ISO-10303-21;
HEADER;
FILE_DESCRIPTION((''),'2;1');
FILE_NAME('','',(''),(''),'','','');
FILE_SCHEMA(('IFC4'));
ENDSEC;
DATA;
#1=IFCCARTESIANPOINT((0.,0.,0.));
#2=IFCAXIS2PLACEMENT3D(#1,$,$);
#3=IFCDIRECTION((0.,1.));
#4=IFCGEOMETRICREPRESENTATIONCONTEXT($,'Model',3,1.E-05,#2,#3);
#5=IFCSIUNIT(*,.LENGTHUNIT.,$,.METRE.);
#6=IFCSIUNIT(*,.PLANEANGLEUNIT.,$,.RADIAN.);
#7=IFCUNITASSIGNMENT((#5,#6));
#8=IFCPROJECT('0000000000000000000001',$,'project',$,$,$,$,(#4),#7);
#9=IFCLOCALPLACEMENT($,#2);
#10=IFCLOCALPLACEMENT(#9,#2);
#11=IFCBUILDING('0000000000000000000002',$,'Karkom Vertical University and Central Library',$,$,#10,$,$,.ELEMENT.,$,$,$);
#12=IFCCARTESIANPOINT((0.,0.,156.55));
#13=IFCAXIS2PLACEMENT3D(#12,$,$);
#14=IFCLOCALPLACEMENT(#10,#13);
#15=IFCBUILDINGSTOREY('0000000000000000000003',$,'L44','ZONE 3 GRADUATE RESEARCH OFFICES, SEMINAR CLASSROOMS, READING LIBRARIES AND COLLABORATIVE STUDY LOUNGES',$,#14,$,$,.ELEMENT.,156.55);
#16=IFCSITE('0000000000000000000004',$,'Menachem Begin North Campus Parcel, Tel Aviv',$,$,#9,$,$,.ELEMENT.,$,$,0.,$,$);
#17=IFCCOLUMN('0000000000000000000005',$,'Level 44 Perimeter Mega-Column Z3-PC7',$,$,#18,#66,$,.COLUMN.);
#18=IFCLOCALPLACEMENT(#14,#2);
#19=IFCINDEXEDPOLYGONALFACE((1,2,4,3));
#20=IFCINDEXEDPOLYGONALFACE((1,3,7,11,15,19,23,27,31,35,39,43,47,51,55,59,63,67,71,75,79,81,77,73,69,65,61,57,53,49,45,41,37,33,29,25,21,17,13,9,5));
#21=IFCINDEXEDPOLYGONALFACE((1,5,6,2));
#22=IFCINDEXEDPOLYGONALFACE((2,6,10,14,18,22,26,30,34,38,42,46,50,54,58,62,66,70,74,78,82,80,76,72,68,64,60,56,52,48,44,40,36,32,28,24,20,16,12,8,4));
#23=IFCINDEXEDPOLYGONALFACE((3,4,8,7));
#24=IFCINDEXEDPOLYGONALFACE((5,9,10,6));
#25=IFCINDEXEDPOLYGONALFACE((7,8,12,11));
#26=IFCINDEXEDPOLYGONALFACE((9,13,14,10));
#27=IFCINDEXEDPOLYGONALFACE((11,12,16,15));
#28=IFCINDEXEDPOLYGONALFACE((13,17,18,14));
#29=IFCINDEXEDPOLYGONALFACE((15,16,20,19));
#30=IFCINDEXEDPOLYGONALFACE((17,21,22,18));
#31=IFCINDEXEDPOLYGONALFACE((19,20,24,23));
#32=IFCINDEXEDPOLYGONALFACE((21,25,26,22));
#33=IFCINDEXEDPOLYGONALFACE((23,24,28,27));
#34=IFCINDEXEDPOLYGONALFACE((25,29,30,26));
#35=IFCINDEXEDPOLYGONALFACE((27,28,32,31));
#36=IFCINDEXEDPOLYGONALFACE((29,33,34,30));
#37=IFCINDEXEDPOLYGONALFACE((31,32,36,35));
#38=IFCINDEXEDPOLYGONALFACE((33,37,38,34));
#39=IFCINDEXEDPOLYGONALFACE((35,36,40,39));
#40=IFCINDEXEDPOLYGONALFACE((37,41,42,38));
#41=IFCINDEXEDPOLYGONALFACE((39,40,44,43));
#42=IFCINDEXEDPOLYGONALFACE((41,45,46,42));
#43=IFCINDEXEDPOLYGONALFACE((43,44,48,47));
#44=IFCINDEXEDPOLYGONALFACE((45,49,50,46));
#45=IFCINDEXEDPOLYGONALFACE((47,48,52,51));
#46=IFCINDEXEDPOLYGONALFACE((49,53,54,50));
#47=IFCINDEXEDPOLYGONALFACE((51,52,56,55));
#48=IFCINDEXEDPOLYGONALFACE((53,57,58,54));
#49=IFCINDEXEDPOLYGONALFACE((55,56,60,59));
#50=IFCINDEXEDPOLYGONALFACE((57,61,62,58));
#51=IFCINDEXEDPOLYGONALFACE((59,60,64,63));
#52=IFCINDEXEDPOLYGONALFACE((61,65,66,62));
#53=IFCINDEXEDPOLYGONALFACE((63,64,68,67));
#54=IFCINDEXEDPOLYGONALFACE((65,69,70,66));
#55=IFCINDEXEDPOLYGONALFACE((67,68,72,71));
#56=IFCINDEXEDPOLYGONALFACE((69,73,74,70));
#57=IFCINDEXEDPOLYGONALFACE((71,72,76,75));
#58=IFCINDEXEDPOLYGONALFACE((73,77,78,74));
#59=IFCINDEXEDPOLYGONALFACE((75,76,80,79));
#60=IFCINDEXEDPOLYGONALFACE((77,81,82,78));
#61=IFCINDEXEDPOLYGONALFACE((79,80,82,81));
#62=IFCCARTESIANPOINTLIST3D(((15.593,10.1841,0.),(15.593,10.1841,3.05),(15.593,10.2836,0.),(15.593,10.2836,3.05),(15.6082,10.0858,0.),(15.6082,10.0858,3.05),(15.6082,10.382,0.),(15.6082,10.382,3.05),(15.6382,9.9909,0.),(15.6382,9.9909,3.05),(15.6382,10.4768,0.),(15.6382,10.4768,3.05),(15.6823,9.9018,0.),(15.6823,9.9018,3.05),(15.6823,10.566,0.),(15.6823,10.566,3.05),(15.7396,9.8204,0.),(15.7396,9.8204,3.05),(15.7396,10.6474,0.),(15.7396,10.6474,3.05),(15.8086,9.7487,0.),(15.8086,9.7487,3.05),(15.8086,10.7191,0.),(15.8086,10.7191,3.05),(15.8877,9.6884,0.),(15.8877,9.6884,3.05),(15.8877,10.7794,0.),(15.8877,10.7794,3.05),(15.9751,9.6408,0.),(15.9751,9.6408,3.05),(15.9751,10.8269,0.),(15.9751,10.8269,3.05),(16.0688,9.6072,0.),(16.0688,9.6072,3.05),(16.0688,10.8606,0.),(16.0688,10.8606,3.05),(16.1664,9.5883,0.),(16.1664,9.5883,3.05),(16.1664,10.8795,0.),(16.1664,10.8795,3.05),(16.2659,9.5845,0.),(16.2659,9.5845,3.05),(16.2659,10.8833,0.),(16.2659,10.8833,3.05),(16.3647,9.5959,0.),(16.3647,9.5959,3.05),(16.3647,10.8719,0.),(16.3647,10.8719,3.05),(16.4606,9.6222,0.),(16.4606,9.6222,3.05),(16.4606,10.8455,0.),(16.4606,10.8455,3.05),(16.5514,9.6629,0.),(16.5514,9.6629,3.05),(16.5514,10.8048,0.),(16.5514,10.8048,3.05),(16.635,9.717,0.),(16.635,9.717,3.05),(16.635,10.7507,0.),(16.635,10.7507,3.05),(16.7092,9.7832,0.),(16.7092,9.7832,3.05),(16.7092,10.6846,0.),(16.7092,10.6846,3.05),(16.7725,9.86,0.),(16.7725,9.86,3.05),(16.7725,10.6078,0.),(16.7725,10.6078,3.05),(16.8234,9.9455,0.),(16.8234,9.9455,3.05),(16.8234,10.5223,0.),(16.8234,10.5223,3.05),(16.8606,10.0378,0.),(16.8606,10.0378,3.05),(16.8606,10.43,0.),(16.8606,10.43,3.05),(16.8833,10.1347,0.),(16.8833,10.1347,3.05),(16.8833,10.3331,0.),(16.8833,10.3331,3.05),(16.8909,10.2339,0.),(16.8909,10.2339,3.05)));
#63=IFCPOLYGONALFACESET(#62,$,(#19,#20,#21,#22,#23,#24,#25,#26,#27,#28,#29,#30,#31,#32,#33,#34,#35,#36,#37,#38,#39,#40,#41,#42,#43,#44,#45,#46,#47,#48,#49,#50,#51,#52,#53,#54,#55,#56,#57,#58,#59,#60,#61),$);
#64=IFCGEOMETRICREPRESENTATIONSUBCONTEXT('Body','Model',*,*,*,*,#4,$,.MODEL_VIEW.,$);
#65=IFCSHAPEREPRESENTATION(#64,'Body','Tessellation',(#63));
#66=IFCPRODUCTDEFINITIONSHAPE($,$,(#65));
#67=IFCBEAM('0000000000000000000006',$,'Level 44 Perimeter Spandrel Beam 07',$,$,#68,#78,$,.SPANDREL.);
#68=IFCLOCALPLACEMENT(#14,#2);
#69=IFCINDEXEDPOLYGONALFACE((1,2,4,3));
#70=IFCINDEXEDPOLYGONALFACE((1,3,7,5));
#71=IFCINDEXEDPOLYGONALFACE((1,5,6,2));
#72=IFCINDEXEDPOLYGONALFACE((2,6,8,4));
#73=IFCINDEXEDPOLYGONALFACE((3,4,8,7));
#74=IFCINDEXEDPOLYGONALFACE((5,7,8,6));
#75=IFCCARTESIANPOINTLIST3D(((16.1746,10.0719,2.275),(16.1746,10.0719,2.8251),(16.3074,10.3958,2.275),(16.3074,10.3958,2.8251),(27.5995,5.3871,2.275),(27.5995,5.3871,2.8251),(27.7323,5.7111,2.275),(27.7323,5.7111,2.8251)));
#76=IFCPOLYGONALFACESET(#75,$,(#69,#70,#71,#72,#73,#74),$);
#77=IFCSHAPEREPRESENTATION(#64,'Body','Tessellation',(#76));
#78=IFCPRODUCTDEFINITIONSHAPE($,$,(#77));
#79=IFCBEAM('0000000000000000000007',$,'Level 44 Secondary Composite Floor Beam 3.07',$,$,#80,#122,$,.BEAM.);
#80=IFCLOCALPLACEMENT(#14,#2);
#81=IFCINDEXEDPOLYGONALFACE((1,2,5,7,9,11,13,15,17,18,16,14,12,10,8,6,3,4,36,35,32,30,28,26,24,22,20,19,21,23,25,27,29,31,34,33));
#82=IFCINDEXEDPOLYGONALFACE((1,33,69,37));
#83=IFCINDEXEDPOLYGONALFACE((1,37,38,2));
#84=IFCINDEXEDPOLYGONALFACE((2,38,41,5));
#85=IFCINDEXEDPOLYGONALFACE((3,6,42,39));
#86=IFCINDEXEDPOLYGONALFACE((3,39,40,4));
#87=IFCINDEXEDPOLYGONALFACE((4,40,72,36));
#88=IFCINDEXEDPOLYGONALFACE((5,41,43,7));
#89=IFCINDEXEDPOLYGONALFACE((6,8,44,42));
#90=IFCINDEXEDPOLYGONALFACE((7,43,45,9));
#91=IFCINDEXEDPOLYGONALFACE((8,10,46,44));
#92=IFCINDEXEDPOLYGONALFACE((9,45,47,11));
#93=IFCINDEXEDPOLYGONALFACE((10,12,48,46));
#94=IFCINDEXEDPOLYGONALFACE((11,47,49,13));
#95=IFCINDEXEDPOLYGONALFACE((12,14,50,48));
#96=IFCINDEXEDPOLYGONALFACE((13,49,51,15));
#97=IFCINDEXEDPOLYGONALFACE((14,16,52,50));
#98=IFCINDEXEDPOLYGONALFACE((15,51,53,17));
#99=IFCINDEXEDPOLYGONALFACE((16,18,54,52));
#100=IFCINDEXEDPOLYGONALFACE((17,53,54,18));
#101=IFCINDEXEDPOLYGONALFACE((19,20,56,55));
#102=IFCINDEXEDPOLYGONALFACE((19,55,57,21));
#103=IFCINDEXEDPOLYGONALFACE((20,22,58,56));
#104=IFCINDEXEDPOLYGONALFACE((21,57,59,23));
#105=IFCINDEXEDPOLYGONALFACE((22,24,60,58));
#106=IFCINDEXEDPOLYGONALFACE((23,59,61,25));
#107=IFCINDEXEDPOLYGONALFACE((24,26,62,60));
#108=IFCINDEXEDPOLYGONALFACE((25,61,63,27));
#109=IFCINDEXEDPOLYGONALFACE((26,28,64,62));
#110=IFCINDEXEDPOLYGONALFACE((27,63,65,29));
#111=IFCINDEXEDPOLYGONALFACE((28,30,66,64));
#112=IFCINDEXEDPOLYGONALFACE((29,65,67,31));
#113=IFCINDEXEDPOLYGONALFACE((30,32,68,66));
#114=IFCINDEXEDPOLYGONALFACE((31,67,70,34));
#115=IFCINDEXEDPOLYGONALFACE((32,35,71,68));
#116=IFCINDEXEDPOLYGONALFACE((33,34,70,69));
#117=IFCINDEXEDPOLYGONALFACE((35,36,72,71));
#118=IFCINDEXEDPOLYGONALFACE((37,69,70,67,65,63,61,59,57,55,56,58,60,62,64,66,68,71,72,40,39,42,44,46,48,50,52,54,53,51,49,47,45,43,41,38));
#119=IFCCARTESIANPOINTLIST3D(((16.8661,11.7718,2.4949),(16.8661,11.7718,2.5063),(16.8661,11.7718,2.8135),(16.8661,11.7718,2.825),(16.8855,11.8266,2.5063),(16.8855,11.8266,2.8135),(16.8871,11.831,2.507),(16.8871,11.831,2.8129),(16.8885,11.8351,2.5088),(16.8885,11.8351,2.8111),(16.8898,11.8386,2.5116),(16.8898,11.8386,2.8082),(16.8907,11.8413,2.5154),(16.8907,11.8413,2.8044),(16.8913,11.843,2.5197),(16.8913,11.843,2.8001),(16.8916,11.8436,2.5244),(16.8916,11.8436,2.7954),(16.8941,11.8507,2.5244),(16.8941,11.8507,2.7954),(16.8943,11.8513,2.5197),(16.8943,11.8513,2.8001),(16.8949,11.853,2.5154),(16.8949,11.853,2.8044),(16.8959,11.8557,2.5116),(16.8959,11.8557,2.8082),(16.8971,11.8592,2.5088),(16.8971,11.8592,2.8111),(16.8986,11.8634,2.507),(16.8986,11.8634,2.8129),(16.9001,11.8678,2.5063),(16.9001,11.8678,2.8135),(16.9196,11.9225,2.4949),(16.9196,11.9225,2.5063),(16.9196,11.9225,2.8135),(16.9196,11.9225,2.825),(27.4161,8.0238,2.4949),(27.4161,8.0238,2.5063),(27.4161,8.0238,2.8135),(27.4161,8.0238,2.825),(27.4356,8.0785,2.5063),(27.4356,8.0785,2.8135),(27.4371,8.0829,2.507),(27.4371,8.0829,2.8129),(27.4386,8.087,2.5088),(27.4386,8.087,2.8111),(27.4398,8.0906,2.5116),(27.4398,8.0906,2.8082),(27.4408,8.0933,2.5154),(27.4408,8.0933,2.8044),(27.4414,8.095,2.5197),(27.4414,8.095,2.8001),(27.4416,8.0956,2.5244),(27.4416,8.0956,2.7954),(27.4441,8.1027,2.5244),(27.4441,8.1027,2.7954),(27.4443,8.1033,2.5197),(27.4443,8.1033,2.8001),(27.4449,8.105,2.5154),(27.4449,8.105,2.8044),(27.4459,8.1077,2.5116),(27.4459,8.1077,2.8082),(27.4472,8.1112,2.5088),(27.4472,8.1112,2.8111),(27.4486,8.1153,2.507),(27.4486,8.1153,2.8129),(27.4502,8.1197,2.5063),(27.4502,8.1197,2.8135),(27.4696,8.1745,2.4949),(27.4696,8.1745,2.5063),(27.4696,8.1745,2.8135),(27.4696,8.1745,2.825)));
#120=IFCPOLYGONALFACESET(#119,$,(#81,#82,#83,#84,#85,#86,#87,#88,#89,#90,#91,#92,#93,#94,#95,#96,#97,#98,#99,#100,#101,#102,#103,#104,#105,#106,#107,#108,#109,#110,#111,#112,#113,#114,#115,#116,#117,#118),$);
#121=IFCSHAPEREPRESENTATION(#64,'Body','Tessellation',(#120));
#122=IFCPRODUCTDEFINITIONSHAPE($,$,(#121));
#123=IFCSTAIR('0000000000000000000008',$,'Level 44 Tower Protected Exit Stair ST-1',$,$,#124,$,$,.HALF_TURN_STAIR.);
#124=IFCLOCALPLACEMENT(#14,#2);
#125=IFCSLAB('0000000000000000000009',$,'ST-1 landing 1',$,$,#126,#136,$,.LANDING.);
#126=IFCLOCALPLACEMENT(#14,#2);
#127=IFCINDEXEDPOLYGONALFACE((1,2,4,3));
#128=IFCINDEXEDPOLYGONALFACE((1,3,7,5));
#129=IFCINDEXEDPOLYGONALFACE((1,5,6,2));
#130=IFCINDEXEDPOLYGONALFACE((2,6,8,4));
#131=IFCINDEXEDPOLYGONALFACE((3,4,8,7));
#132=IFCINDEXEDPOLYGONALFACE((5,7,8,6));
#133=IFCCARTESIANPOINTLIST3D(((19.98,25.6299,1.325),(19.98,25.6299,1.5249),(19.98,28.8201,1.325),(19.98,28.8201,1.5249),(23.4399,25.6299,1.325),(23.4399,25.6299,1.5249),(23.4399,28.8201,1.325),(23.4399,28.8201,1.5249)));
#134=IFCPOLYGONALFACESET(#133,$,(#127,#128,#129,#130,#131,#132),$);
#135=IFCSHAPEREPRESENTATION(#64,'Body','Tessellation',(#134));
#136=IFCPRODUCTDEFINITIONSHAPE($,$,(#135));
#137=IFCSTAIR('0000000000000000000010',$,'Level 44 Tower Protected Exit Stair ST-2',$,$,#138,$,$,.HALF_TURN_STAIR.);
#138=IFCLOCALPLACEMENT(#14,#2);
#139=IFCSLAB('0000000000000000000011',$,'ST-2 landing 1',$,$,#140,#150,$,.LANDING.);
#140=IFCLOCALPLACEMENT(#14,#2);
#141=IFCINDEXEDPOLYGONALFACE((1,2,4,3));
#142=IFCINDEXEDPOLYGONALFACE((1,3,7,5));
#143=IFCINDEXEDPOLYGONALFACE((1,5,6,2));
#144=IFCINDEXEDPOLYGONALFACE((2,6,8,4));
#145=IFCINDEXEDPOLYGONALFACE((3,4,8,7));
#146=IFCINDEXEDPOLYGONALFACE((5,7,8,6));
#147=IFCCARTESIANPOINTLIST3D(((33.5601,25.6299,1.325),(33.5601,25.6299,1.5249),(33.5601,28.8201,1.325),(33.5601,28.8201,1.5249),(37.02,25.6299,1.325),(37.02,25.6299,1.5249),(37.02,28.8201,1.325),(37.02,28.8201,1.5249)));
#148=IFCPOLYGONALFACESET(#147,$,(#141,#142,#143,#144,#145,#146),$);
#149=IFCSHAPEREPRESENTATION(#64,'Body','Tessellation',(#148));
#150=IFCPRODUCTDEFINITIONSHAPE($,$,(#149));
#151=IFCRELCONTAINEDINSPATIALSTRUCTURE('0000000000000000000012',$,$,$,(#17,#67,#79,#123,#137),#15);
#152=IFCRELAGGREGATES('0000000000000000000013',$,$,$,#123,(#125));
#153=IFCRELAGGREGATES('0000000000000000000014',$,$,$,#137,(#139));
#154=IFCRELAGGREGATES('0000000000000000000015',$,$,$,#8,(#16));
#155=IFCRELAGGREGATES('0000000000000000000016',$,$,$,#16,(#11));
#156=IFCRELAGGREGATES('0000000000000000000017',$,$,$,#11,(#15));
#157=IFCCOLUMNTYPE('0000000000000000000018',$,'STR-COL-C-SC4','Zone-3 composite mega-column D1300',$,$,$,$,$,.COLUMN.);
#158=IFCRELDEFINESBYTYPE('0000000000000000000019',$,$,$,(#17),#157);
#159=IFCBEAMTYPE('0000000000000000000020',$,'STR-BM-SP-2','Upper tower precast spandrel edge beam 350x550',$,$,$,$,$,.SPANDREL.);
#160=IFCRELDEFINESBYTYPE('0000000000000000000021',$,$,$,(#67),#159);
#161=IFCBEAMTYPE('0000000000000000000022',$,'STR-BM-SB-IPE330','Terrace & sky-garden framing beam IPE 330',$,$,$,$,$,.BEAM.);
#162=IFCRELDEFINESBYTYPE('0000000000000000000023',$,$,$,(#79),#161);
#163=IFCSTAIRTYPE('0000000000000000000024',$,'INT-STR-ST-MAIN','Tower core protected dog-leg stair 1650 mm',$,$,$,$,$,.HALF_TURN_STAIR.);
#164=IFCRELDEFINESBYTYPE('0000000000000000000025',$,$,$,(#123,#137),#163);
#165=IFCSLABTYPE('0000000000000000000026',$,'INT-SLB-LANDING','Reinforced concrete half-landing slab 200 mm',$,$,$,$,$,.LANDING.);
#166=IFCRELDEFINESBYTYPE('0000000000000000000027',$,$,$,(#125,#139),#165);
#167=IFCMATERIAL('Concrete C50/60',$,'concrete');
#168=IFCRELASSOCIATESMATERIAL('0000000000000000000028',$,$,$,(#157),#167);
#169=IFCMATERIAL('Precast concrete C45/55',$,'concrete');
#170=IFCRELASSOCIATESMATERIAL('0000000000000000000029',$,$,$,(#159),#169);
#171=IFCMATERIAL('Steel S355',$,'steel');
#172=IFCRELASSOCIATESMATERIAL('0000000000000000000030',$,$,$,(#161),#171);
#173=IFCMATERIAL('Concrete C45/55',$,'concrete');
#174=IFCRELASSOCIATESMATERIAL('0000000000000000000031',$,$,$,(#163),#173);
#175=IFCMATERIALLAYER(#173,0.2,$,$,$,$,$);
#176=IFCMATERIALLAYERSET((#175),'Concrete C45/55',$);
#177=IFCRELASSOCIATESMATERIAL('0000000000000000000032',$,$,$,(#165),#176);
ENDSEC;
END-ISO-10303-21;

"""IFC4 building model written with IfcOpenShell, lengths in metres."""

from ifc_helpers import new_model, si_unit, direction, frame, origin, origin_with_axes, origin_2d, place, context, subcontext, project, spatial, polyline, rectangle, circle, i_section, outline, extrude, source, transform, mapped, material, layer, layer_set, material_profile, profile_set, type_object, element, aggregate, save


model = new_model("IFC4")

# Units and contexts
model_context = context("Model", 3, precision=1e-05, world=origin(), true_north=direction((0.0, 1.0)))
body_context = subcontext(model_context, "Body", "Model", "MODEL_VIEW")
ifc_project = project(units=[si_unit("LENGTHUNIT", "METRE"), si_unit("PLANEANGLEUNIT", "RADIAN")], contexts=[model_context])

# Site, building, storey
site_placement = place(None, origin())
site = spatial("IfcSite", under=ifc_project, at=site_placement, Name="Menachem Begin North Campus Parcel, Tel Aviv", CompositionType="ELEMENT", RefElevation=0.0)
building_placement = place(site_placement, origin())
building = spatial("IfcBuilding", under=site, at=building_placement, Name="Karkom Vertical University and Central Library", CompositionType="ELEMENT")
storey_placement = place(building_placement, frame((0.0, 0.0, 156.55)))
storey = spatial("IfcBuildingStorey", under=building, at=storey_placement, Name="L44", Description="ZONE 3 GRADUATE RESEARCH OFFICES, SEMINAR CLASSROOMS, READING LIBRARIES AND COLLABORATIVE STUDY LOUNGES", CompositionType="ELEMENT", Elevation=156.55)

# Column
ifc_material_1 = material(Name="Concrete C50/60", Category="concrete")
ifc_material_profile_1 = material_profile(ifc_material_1, circle(Radius=0.6499, at=origin_2d()), Name="CFT-D1300")
ifc_profile_set_1 = profile_set([ifc_material_profile_1], Name="Concrete C50/60")
column_type = type_object("IfcColumnType", Name="STR-COL-C-SC4", Description="Zone-3 composite mega-column D1300", PredefinedType="COLUMN", material=ifc_profile_set_1)
shared_shape_1 = source(origin_with_axes(), body_context, "Body", "SweptSolid", [
    extrude(circle(Radius=0.6499, at=origin_2d()), origin(), (0.0, 0.0, 1.0), 3.05),
])
column_placement = place(storey_placement, frame((16.241, 10.2339, 0.0), z_axis=(0.0, 0.0, 1.0), x_axis=(1.0, 0.0, 0.0)))
element("IfcColumn", 1, at=column_placement, inside=storey, type_object=column_type, Name="Level 44 Perimeter Mega-Column Z3-PC7", PredefinedType="COLUMN", context=body_context, shape_type="MappedRepresentation", body=[
    mapped(shared_shape_1, transform((0.0, 0.0, 0.0), scale=1.0)),
])

# Beams
ifc_material_2 = material(Name="Precast concrete C45/55", Category="concrete")
ifc_material_profile_2 = material_profile(ifc_material_2, rectangle(XDim=0.3501, YDim=0.55, at=origin_2d()), Name="SPB-350x550")
ifc_profile_set_2 = profile_set([ifc_material_profile_2], Name="Precast concrete C45/55")
beam_type_1 = type_object("IfcBeamType", Name="STR-BM-SP-2", Description="Upper tower precast spandrel edge beam 350x550", PredefinedType="SPANDREL", material=ifc_profile_set_2)
shared_shape_2 = source(origin_with_axes(), body_context, "Body", "SweptSolid", [
    extrude(rectangle(XDim=0.3501, YDim=0.55, at=origin_2d()), origin(), (0.0, 0.0, 1.0), 12.3481),
])
beam_1_placement = place(storey_placement, frame((16.241, 10.2339, 2.55), z_axis=(0.925236, -0.379391, 0.0), x_axis=(0.379391, 0.925236, 0.0)))
element("IfcBeam", 2, at=beam_1_placement, inside=storey, type_object=beam_type_1, Name="Level 44 Perimeter Spandrel Beam 07", PredefinedType="SPANDREL", context=body_context, shape_type="MappedRepresentation", body=[
    mapped(shared_shape_2, transform((0.0, 0.0, 0.0), scale=1.0)),
])
ifc_material_3 = material(Name="Steel S355", Category="steel")
ifc_material_profile_3 = material_profile(ifc_material_3, i_section(OverallWidth=0.1599, OverallDepth=0.3301, WebThickness=0.0076, FlangeThickness=0.0115, FilletRadius=0.0181, at=origin_2d()), Name="IPE 330")
ifc_profile_set_3 = profile_set([ifc_material_profile_3], Name="Steel S355")
beam_type_2 = type_object("IfcBeamType", Name="STR-BM-SB-IPE330", Description="Terrace & sky-garden framing beam IPE 330", PredefinedType="BEAM", material=ifc_profile_set_3)
shared_shape_3 = source(origin_with_axes(), body_context, "Body", "SweptSolid", [
    extrude(i_section(OverallWidth=0.1599, OverallDepth=0.3301, WebThickness=0.0076, FlangeThickness=0.0115, FilletRadius=0.0181, at=origin_2d()), origin(), (0.0, 0.0, 1.0), 11.196),
])
beam_2_placement = place(storey_placement, frame((16.8928, 11.8472, 2.6599), z_axis=(0.942302, -0.334765, 0.0), x_axis=(0.334765, 0.942302, 0.0)))
element("IfcBeam", 3, at=beam_2_placement, inside=storey, type_object=beam_type_2, Name="Level 44 Secondary Composite Floor Beam 3.07", PredefinedType="BEAM", context=body_context, shape_type="MappedRepresentation", body=[
    mapped(shared_shape_3, transform((0.0, 0.0, 0.0), scale=1.0)),
])

# Stairs, slabs
ifc_material_4 = material(Name="Concrete C45/55", Category="concrete")
stair_type = type_object("IfcStairType", Name="INT-STR-ST-MAIN", Description="Tower core protected dog-leg stair 1650 mm", PredefinedType="HALF_TURN_STAIR", material=ifc_material_4)
stair_1_placement = place(storey_placement, origin())
stair_1 = element("IfcStair", 4, at=stair_1_placement, inside=storey, type_object=stair_type, Name="Level 44 Tower Protected Exit Stair ST-1", PredefinedType="HALF_TURN_STAIR")
ifc_layer_1 = layer(ifc_material_4, 0.2)
ifc_layer_set_1 = layer_set([ifc_layer_1], Name="Concrete C45/55")
slab_type_1 = type_object("IfcSlabType", Name="INT-SLB-LANDING", Description="Reinforced concrete half-landing slab 200 mm", PredefinedType="LANDING", material=ifc_layer_set_1)
slab_1_placement = place(storey_placement, frame((0.0, 0.0, 1.325)))
slab_1 = element("IfcSlab", 5, at=slab_1_placement, type_object=slab_type_1, Name="ST-1 landing 1", PredefinedType="LANDING", context=body_context, shape_type="SweptSolid", body=[
    extrude(outline(polyline([(23.4399, 25.6299), (23.4399, 28.8201), (19.98, 28.8201), (19.98, 25.6299), (23.4399, 25.6299)])), origin(), (0.0, 0.0, 1.0), 0.2),
])
aggregate(stair_1, [slab_1])
stair_2_placement = place(storey_placement, origin())
stair_2 = element("IfcStair", 6, at=stair_2_placement, inside=storey, type_object=stair_type, Name="Level 44 Tower Protected Exit Stair ST-2", PredefinedType="HALF_TURN_STAIR")
slab_2_placement = place(storey_placement, frame((0.0, 0.0, 1.325)))
slab_2 = element("IfcSlab", 7, at=slab_2_placement, type_object=slab_type_1, Name="ST-2 landing 1", PredefinedType="LANDING", context=body_context, shape_type="SweptSolid", body=[
    extrude(outline(polyline([(37.02, 25.6299), (37.02, 28.8201), (33.5601, 28.8201), (33.5601, 25.6299), (37.02, 25.6299)])), origin(), (0.0, 0.0, 1.0), 0.2),
])
aggregate(stair_2, [slab_2])

save(model, "model.ifc")
